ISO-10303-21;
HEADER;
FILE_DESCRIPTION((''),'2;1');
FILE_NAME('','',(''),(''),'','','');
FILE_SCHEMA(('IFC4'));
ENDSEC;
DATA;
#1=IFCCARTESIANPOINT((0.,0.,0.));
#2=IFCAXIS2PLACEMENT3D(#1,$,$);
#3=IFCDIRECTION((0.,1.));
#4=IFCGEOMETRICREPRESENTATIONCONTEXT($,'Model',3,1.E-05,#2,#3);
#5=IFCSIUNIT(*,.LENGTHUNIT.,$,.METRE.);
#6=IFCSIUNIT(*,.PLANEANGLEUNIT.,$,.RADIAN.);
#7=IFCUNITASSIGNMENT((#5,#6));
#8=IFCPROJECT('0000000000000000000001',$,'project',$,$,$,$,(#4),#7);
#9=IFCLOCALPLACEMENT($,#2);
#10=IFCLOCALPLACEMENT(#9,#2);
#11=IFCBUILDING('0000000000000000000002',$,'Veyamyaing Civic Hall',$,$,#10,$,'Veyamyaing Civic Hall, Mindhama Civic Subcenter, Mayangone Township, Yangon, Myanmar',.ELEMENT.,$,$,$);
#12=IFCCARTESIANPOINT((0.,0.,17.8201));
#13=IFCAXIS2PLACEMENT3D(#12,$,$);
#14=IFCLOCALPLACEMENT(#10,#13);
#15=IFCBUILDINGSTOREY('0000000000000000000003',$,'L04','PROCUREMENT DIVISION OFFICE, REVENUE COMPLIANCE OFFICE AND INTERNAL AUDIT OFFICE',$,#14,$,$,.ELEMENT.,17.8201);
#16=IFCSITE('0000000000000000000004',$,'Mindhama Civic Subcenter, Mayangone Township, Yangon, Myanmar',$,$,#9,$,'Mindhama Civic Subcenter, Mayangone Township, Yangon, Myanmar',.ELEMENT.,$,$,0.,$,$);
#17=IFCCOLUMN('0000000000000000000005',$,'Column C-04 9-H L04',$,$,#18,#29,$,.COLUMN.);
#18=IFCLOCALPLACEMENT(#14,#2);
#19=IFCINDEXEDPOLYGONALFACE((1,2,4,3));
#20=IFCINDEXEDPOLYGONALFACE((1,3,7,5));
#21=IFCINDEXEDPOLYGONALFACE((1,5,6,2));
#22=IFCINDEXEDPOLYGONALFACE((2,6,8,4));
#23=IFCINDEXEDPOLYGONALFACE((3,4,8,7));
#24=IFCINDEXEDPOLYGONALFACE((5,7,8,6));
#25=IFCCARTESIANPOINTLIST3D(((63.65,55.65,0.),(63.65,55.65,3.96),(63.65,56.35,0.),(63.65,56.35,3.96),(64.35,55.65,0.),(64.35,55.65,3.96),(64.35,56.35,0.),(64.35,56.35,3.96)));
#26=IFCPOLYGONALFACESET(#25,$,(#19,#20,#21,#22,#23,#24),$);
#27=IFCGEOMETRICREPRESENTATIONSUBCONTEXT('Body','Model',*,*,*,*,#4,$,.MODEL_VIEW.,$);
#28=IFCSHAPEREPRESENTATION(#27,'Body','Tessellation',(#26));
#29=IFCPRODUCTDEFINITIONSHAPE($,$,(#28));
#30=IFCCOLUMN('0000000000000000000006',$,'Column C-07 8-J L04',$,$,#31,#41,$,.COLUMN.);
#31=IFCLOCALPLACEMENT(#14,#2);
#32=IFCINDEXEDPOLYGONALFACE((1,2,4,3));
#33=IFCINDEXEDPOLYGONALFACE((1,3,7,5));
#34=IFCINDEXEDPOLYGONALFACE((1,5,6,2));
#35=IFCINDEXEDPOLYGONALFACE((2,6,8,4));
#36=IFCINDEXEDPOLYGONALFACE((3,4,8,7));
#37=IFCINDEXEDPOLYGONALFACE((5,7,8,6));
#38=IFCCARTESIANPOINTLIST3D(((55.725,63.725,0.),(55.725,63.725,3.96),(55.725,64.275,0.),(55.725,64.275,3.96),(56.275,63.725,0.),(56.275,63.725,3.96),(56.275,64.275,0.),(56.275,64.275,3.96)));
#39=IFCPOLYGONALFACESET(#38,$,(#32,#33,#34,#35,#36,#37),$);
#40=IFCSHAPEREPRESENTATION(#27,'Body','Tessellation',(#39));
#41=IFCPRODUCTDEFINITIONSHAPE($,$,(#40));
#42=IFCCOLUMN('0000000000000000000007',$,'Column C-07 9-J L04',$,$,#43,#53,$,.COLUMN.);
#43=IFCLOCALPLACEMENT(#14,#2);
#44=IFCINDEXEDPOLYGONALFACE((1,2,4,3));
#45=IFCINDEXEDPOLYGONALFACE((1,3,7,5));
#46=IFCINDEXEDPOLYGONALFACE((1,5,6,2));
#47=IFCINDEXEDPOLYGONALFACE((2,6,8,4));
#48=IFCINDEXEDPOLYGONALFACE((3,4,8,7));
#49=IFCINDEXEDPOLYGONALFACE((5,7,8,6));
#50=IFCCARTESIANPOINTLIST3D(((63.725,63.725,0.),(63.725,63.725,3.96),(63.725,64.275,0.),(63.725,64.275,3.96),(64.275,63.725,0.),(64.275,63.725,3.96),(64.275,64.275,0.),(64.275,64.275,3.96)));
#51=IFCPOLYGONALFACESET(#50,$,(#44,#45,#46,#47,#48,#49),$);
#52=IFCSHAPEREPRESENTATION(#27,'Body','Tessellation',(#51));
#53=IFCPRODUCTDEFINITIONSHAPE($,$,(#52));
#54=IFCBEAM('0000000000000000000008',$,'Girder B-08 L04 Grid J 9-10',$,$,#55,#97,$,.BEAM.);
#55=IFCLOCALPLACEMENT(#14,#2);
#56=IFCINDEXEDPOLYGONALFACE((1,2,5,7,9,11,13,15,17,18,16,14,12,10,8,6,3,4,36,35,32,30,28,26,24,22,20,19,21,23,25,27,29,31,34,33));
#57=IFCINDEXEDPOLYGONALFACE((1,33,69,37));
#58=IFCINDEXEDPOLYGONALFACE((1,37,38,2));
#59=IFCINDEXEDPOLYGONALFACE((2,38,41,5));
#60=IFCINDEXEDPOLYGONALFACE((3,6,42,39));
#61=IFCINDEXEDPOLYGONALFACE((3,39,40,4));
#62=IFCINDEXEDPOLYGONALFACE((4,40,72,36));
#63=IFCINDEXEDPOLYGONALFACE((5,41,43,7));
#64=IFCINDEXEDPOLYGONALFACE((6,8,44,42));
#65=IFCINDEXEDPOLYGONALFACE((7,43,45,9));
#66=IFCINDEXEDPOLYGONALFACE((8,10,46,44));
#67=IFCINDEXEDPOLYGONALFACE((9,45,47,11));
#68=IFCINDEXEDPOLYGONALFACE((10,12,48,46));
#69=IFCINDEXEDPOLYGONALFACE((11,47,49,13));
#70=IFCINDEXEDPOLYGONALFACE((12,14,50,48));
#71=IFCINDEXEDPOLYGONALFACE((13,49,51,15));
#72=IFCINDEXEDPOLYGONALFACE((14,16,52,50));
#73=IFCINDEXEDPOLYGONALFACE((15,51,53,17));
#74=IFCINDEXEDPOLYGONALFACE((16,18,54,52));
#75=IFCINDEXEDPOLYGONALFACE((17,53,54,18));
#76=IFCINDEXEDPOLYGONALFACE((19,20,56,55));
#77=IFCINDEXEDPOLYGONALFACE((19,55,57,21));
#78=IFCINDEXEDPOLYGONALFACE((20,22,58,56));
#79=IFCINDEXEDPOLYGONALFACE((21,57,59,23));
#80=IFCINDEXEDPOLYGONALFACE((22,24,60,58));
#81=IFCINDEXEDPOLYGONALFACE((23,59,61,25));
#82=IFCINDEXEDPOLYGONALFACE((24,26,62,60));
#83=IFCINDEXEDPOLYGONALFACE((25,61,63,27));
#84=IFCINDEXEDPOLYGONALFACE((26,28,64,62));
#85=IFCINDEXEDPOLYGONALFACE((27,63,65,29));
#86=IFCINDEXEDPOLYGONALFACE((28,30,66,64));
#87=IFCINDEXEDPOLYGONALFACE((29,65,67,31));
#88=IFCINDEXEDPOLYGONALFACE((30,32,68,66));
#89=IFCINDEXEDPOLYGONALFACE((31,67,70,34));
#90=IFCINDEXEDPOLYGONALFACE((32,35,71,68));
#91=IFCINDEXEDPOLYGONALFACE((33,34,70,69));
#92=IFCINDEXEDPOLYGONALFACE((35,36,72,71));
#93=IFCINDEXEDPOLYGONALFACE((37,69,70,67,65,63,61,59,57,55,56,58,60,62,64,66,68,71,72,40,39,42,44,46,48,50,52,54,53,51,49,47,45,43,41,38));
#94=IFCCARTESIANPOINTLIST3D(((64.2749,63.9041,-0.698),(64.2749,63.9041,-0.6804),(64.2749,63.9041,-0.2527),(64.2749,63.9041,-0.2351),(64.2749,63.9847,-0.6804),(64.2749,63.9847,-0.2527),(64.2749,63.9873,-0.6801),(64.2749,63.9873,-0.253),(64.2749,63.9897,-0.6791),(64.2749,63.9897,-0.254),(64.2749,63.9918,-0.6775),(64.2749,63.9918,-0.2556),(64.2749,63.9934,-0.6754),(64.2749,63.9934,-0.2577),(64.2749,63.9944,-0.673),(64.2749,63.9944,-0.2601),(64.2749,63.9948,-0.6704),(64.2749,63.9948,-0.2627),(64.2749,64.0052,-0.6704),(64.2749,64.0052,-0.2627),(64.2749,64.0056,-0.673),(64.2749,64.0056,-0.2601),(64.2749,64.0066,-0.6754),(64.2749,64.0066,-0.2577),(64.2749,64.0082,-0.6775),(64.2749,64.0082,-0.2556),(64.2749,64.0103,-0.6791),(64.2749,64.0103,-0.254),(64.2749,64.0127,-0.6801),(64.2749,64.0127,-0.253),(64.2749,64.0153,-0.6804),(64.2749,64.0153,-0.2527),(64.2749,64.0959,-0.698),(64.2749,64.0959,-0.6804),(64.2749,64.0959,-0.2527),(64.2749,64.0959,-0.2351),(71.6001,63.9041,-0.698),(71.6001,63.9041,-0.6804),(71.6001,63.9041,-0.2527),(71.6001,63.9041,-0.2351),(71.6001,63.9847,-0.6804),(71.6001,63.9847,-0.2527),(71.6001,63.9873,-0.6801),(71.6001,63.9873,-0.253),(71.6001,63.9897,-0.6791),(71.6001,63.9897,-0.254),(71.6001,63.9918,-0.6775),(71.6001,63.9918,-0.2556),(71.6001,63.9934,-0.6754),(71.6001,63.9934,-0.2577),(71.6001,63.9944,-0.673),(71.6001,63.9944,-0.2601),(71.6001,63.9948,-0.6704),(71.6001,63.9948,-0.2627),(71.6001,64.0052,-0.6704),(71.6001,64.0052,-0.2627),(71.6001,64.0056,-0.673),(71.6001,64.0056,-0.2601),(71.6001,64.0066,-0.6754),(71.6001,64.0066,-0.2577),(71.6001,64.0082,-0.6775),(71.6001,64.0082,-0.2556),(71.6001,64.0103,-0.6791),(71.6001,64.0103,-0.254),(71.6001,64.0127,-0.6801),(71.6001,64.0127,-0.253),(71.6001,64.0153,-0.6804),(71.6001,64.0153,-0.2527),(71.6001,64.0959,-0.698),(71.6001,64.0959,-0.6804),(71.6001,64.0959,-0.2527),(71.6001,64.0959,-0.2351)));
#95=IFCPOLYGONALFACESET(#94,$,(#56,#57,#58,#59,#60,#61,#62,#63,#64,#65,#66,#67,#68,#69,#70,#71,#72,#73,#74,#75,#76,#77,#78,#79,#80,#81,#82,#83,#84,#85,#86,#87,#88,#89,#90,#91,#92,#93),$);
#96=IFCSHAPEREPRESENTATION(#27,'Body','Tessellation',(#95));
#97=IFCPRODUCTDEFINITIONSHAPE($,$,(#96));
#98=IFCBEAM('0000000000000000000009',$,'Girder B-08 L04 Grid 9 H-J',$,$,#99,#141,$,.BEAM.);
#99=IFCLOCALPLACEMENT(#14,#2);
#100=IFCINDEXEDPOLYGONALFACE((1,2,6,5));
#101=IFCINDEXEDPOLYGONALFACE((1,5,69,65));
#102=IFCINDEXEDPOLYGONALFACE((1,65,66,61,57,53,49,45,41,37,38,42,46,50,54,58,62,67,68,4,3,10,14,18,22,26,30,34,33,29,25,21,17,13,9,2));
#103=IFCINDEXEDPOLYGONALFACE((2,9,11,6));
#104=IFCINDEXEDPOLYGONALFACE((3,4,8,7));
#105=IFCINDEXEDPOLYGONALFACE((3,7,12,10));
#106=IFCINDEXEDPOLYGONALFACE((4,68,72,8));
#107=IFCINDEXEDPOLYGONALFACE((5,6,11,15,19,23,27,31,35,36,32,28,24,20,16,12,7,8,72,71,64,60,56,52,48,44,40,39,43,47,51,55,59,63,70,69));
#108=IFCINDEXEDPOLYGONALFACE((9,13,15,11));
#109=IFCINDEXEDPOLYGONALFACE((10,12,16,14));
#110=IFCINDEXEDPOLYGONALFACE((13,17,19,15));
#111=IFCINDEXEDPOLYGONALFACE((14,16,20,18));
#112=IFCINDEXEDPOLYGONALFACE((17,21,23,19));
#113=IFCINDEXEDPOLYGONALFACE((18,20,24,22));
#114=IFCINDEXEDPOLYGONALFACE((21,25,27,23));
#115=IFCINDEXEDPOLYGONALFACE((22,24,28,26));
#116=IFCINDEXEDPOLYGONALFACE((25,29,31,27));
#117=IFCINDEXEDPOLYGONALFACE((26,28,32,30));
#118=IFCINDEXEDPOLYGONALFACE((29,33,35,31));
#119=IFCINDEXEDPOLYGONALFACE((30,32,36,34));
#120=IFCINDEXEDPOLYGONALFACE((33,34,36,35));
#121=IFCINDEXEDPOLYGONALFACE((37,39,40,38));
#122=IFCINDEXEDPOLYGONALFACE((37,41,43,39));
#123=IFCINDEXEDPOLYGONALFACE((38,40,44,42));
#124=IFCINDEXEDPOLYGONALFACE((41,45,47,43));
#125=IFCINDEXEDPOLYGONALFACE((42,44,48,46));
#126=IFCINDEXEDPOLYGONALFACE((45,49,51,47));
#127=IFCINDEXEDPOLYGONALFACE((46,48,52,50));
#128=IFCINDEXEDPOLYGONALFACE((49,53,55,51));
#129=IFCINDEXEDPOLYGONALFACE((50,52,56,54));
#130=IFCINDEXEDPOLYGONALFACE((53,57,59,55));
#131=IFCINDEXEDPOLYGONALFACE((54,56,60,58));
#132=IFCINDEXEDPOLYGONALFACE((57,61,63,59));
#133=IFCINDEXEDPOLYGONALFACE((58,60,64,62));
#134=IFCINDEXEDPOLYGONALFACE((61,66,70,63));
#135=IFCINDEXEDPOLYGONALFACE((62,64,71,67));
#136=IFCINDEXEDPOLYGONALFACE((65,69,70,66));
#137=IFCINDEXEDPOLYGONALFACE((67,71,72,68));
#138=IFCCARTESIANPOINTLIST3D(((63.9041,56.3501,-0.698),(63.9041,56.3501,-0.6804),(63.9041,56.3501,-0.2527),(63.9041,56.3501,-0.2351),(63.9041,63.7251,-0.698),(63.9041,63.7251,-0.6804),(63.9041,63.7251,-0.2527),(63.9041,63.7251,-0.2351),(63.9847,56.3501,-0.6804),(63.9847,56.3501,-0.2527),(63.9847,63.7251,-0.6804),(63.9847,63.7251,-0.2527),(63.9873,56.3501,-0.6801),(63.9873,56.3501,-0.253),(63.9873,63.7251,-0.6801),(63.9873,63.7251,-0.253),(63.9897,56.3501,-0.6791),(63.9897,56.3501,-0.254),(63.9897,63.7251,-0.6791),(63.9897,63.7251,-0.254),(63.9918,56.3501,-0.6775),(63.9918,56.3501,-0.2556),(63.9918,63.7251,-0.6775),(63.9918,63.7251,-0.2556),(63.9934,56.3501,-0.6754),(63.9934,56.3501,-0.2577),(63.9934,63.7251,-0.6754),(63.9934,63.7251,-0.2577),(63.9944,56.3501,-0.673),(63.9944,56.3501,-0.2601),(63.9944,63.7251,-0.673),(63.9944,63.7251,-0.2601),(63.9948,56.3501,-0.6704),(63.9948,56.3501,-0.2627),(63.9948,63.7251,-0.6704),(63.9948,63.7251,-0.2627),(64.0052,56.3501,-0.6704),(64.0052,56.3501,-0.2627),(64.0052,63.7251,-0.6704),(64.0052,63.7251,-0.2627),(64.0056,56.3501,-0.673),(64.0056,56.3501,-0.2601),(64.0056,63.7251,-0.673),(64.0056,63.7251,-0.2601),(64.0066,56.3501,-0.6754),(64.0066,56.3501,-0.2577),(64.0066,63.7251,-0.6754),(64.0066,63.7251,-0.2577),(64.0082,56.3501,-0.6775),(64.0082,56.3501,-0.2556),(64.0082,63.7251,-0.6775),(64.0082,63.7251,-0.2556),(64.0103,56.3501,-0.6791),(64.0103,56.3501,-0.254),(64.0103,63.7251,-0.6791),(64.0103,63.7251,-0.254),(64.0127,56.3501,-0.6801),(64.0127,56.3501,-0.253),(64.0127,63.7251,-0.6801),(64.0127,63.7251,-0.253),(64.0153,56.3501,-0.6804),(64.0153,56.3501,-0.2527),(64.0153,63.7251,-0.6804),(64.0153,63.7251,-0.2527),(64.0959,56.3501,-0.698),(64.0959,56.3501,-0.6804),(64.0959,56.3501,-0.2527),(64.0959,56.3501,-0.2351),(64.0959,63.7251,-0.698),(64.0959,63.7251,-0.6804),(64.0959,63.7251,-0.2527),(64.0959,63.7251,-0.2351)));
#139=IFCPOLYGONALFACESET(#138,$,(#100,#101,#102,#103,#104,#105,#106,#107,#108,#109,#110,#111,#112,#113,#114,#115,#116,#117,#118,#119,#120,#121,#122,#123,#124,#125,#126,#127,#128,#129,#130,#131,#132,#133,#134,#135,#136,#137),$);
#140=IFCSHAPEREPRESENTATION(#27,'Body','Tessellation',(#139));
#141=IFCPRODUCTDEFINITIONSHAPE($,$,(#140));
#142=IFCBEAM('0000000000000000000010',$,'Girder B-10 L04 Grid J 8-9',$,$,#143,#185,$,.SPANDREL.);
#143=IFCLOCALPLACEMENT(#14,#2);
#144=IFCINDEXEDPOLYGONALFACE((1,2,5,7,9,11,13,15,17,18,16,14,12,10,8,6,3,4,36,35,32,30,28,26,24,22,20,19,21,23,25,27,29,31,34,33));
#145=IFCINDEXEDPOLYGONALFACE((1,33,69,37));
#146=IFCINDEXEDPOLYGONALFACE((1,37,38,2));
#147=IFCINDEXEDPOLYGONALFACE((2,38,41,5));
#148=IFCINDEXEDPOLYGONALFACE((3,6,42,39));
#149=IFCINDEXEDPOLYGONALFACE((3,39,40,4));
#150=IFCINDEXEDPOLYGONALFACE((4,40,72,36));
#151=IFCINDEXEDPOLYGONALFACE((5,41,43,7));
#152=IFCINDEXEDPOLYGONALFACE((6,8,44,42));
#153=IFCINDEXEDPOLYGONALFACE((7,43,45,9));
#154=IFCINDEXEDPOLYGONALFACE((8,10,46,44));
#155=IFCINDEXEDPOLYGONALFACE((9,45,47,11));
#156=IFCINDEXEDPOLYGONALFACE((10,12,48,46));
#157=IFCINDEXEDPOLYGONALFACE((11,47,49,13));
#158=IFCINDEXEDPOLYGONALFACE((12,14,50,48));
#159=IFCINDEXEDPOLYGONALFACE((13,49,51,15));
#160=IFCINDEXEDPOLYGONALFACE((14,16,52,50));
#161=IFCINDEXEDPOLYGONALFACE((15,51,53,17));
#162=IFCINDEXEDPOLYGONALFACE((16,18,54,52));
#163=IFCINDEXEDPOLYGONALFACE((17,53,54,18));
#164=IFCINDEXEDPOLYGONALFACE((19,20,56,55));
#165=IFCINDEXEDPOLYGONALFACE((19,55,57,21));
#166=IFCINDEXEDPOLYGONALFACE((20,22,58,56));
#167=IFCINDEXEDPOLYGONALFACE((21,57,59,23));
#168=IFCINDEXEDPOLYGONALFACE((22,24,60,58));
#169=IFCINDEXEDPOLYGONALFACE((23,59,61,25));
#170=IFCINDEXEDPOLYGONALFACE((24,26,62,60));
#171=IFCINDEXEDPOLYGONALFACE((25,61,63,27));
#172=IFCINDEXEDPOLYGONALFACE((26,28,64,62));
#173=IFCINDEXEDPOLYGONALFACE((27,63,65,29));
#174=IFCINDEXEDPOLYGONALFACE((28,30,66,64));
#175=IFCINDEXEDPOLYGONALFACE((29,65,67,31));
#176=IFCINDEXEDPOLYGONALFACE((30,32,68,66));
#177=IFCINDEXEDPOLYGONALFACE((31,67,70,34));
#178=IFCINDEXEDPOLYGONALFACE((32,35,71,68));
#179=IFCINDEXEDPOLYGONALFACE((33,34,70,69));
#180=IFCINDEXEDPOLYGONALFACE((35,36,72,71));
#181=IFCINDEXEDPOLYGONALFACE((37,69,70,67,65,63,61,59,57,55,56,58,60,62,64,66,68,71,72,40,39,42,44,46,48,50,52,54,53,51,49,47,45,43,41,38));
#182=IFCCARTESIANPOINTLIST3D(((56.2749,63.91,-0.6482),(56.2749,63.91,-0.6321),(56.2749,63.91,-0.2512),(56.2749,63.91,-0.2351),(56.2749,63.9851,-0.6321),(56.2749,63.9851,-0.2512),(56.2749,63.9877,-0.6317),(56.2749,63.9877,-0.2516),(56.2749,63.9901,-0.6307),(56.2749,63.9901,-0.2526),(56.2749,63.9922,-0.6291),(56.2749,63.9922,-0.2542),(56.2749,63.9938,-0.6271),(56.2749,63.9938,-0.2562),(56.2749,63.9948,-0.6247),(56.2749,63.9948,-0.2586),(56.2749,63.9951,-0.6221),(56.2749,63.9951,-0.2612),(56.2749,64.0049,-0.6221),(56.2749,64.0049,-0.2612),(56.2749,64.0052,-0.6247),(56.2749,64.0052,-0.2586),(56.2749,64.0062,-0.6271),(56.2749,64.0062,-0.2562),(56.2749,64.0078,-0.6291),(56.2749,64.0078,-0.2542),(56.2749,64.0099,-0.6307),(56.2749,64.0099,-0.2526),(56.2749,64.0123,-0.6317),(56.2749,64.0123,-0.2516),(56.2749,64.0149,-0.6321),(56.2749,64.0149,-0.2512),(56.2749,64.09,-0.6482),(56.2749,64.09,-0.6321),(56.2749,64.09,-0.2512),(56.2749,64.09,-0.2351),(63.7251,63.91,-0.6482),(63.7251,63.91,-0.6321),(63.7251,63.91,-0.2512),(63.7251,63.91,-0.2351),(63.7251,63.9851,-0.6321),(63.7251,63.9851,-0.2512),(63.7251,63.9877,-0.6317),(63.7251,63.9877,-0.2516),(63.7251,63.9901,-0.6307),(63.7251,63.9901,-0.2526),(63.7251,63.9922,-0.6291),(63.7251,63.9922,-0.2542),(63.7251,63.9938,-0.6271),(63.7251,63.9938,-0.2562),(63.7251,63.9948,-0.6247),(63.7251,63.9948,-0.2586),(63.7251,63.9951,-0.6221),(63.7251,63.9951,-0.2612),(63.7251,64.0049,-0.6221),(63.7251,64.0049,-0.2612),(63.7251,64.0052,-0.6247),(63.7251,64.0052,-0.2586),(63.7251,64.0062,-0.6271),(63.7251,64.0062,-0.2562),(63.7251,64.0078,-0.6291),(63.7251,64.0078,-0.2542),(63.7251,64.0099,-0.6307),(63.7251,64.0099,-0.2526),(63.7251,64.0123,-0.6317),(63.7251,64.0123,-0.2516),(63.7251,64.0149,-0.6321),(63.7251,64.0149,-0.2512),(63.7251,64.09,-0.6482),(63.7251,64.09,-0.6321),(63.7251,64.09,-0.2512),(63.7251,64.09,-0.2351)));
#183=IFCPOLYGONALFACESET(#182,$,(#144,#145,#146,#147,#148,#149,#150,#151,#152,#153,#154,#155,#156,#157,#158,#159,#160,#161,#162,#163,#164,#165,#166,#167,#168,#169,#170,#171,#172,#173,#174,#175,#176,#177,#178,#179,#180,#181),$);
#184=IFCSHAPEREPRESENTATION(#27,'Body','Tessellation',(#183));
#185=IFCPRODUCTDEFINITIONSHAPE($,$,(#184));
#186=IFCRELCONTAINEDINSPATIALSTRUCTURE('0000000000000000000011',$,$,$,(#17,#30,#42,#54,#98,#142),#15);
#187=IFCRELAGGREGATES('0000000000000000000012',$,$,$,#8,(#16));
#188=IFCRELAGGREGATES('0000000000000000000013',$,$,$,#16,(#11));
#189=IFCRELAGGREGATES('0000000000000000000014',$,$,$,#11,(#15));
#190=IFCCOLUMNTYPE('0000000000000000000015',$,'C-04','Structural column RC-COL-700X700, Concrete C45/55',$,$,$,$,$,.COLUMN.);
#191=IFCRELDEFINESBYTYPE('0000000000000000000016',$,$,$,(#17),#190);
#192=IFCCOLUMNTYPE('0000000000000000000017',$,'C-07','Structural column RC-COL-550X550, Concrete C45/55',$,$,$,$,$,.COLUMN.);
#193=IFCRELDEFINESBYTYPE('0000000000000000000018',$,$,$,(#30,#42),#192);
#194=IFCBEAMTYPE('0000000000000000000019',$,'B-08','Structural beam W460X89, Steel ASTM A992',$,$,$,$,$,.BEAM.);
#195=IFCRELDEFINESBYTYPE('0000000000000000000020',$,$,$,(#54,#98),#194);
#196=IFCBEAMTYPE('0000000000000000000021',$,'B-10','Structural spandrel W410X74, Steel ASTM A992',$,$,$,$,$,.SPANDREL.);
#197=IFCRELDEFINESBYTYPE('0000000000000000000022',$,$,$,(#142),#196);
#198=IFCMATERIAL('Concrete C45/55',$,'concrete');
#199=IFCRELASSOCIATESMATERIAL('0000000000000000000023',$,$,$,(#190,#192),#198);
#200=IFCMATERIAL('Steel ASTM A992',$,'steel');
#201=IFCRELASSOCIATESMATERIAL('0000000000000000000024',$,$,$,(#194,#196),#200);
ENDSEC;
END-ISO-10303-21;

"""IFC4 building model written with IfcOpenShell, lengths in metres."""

from ifc_helpers import new_model, si_unit, direction, frame, origin, origin_2d, place, context, subcontext, project, spatial, rectangle, i_section, extrude, material, material_profile, profile_set, type_object, element, save


model = new_model("IFC4")

# Units and contexts
model_context = context("Model", 3, precision=1e-05, world=origin(), true_north=direction((0.0, 1.0)))
body_context = subcontext(model_context, "Body", "Model", "MODEL_VIEW")
ifc_project = project(units=[si_unit("LENGTHUNIT", "METRE"), si_unit("PLANEANGLEUNIT", "RADIAN")], contexts=[model_context])

# Site, building, storey
site_placement = place(None, origin())
site = spatial("IfcSite", under=ifc_project, at=site_placement, Name="Mindhama Civic Subcenter, Mayangone Township, Yangon, Myanmar", LongName="Mindhama Civic Subcenter, Mayangone Township, Yangon, Myanmar", CompositionType="ELEMENT", RefElevation=0.0)
building_placement = place(site_placement, origin())
building = spatial("IfcBuilding", under=site, at=building_placement, Name="Veyamyaing Civic Hall", LongName="Veyamyaing Civic Hall, Mindhama Civic Subcenter, Mayangone Township, Yangon, Myanmar", CompositionType="ELEMENT")
storey_placement = place(building_placement, frame((0.0, 0.0, 17.8201)))
storey = spatial("IfcBuildingStorey", under=building, at=storey_placement, Name="L04", Description="PROCUREMENT DIVISION OFFICE, REVENUE COMPLIANCE OFFICE AND INTERNAL AUDIT OFFICE", CompositionType="ELEMENT", Elevation=17.8201)

# Columns
ifc_material_1 = material(Name="Concrete C45/55", Category="concrete")
ifc_material_profile_1 = material_profile(ifc_material_1, rectangle(XDim=0.7, YDim=0.7, at=origin_2d()), Name="RC-COL-700X700")
ifc_profile_set_1 = profile_set([ifc_material_profile_1], Name="Concrete C45/55")
column_type_1 = type_object("IfcColumnType", Name="C-04", Description="Structural column RC-COL-700X700, Concrete C45/55", PredefinedType="COLUMN", material=ifc_profile_set_1)
column_placement = place(storey_placement, frame((64.0, 56.0, 0.0), z_axis=(0.0, 0.0, 1.0), x_axis=(1.0, 0.0, 0.0)))
element("IfcColumn", 1, at=column_placement, inside=storey, type_object=column_type_1, Name="Column C-04 9-H L04", PredefinedType="COLUMN", context=body_context, shape_type="SweptSolid", body=[
    extrude(rectangle(XDim=0.7, YDim=0.7, at=origin_2d()), origin(), (0.0, 0.0, 1.0), 3.96),
])
ifc_material_profile_2 = material_profile(ifc_material_1, rectangle(XDim=0.55, YDim=0.55, at=origin_2d()), Name="RC-COL-550X550")
ifc_profile_set_2 = profile_set([ifc_material_profile_2], Name="Concrete C45/55")
column_type_2 = type_object("IfcColumnType", Name="C-07", Description="Structural column RC-COL-550X550, Concrete C45/55", PredefinedType="COLUMN", material=ifc_profile_set_2)
for number, where, z_axis, x_axis, name in (
    (2, (56.0, 64.0, 0.0), (0.0, 0.0, 1.0), (1.0, 0.0, 0.0), "Column C-07 8-J L04"),
    (3, (64.0, 64.0, 0.0), (0.0, 0.0, 1.0), (1.0, 0.0, 0.0), "Column C-07 9-J L04"),
):
    element("IfcColumn", number, at=place(storey_placement, frame(where, z_axis=z_axis, x_axis=x_axis)), inside=storey, type_object=column_type_2, Name=name, PredefinedType="COLUMN", context=body_context, shape_type="SweptSolid", body=[
        extrude(rectangle(XDim=0.55, YDim=0.55, at=origin_2d()), origin(), (0.0, 0.0, 1.0), 3.96),
    ])

# Beams
ifc_material_2 = material(Name="Steel ASTM A992", Category="steel")
ifc_material_profile_3 = material_profile(ifc_material_2, i_section(OverallWidth=0.1919, OverallDepth=0.4629, WebThickness=0.0105, FlangeThickness=0.0176, FilletRadius=0.01, at=origin_2d()), Name="W460X89")
ifc_profile_set_3 = profile_set([ifc_material_profile_3], Name="Steel ASTM A992")
beam_type_1 = type_object("IfcBeamType", Name="B-08", Description="Structural beam W460X89, Steel ASTM A992", PredefinedType="BEAM", material=ifc_profile_set_3)
beam_1_placement = place(storey_placement, frame((64.2749, 64.0, -0.4666), z_axis=(1.0, 0.0, 0.0), x_axis=(0.0, 1.0, 0.0)))
element("IfcBeam", 4, at=beam_1_placement, inside=storey, type_object=beam_type_1, Name="Girder B-08 L04 Grid J 9-10", PredefinedType="BEAM", context=body_context, shape_type="SweptSolid", body=[
    extrude(i_section(OverallWidth=0.1919, OverallDepth=0.4629, WebThickness=0.0105, FlangeThickness=0.0176, FilletRadius=0.01, at=origin_2d()), origin(), (0.0, 0.0, 1.0), 7.3252),
])
beam_2_placement = place(storey_placement, frame((64.0, 56.3501, -0.4666), z_axis=(0.0, 1.0, 0.0), x_axis=(-1.0, 0.0, 0.0)))
element("IfcBeam", 5, at=beam_2_placement, inside=storey, type_object=beam_type_1, Name="Girder B-08 L04 Grid 9 H-J", PredefinedType="BEAM", context=body_context, shape_type="SweptSolid", body=[
    extrude(i_section(OverallWidth=0.1919, OverallDepth=0.4629, WebThickness=0.0105, FlangeThickness=0.0176, FilletRadius=0.01, at=origin_2d()), origin(), (0.0, 0.0, 1.0), 7.375),
])
ifc_material_profile_4 = material_profile(ifc_material_2, i_section(OverallWidth=0.1799, OverallDepth=0.4131, WebThickness=0.0098, FlangeThickness=0.0161, FilletRadius=0.01, at=origin_2d()), Name="W410X74")
ifc_profile_set_4 = profile_set([ifc_material_profile_4], Name="Steel ASTM A992")
beam_type_2 = type_object("IfcBeamType", Name="B-10", Description="Structural spandrel W410X74, Steel ASTM A992", PredefinedType="SPANDREL", material=ifc_profile_set_4)
beam_3_placement = place(storey_placement, frame((56.2749, 64.0, -0.4417), z_axis=(1.0, 0.0, 0.0), x_axis=(0.0, 1.0, 0.0)))
element("IfcBeam", 6, at=beam_3_placement, inside=storey, type_object=beam_type_2, Name="Girder B-10 L04 Grid J 8-9", PredefinedType="SPANDREL", context=body_context, shape_type="SweptSolid", body=[
    extrude(i_section(OverallWidth=0.1799, OverallDepth=0.4131, WebThickness=0.0098, FlangeThickness=0.0161, FilletRadius=0.01, at=origin_2d()), origin(), (0.0, 0.0, 1.0), 7.4502),
])

save(model, "model.ifc")
